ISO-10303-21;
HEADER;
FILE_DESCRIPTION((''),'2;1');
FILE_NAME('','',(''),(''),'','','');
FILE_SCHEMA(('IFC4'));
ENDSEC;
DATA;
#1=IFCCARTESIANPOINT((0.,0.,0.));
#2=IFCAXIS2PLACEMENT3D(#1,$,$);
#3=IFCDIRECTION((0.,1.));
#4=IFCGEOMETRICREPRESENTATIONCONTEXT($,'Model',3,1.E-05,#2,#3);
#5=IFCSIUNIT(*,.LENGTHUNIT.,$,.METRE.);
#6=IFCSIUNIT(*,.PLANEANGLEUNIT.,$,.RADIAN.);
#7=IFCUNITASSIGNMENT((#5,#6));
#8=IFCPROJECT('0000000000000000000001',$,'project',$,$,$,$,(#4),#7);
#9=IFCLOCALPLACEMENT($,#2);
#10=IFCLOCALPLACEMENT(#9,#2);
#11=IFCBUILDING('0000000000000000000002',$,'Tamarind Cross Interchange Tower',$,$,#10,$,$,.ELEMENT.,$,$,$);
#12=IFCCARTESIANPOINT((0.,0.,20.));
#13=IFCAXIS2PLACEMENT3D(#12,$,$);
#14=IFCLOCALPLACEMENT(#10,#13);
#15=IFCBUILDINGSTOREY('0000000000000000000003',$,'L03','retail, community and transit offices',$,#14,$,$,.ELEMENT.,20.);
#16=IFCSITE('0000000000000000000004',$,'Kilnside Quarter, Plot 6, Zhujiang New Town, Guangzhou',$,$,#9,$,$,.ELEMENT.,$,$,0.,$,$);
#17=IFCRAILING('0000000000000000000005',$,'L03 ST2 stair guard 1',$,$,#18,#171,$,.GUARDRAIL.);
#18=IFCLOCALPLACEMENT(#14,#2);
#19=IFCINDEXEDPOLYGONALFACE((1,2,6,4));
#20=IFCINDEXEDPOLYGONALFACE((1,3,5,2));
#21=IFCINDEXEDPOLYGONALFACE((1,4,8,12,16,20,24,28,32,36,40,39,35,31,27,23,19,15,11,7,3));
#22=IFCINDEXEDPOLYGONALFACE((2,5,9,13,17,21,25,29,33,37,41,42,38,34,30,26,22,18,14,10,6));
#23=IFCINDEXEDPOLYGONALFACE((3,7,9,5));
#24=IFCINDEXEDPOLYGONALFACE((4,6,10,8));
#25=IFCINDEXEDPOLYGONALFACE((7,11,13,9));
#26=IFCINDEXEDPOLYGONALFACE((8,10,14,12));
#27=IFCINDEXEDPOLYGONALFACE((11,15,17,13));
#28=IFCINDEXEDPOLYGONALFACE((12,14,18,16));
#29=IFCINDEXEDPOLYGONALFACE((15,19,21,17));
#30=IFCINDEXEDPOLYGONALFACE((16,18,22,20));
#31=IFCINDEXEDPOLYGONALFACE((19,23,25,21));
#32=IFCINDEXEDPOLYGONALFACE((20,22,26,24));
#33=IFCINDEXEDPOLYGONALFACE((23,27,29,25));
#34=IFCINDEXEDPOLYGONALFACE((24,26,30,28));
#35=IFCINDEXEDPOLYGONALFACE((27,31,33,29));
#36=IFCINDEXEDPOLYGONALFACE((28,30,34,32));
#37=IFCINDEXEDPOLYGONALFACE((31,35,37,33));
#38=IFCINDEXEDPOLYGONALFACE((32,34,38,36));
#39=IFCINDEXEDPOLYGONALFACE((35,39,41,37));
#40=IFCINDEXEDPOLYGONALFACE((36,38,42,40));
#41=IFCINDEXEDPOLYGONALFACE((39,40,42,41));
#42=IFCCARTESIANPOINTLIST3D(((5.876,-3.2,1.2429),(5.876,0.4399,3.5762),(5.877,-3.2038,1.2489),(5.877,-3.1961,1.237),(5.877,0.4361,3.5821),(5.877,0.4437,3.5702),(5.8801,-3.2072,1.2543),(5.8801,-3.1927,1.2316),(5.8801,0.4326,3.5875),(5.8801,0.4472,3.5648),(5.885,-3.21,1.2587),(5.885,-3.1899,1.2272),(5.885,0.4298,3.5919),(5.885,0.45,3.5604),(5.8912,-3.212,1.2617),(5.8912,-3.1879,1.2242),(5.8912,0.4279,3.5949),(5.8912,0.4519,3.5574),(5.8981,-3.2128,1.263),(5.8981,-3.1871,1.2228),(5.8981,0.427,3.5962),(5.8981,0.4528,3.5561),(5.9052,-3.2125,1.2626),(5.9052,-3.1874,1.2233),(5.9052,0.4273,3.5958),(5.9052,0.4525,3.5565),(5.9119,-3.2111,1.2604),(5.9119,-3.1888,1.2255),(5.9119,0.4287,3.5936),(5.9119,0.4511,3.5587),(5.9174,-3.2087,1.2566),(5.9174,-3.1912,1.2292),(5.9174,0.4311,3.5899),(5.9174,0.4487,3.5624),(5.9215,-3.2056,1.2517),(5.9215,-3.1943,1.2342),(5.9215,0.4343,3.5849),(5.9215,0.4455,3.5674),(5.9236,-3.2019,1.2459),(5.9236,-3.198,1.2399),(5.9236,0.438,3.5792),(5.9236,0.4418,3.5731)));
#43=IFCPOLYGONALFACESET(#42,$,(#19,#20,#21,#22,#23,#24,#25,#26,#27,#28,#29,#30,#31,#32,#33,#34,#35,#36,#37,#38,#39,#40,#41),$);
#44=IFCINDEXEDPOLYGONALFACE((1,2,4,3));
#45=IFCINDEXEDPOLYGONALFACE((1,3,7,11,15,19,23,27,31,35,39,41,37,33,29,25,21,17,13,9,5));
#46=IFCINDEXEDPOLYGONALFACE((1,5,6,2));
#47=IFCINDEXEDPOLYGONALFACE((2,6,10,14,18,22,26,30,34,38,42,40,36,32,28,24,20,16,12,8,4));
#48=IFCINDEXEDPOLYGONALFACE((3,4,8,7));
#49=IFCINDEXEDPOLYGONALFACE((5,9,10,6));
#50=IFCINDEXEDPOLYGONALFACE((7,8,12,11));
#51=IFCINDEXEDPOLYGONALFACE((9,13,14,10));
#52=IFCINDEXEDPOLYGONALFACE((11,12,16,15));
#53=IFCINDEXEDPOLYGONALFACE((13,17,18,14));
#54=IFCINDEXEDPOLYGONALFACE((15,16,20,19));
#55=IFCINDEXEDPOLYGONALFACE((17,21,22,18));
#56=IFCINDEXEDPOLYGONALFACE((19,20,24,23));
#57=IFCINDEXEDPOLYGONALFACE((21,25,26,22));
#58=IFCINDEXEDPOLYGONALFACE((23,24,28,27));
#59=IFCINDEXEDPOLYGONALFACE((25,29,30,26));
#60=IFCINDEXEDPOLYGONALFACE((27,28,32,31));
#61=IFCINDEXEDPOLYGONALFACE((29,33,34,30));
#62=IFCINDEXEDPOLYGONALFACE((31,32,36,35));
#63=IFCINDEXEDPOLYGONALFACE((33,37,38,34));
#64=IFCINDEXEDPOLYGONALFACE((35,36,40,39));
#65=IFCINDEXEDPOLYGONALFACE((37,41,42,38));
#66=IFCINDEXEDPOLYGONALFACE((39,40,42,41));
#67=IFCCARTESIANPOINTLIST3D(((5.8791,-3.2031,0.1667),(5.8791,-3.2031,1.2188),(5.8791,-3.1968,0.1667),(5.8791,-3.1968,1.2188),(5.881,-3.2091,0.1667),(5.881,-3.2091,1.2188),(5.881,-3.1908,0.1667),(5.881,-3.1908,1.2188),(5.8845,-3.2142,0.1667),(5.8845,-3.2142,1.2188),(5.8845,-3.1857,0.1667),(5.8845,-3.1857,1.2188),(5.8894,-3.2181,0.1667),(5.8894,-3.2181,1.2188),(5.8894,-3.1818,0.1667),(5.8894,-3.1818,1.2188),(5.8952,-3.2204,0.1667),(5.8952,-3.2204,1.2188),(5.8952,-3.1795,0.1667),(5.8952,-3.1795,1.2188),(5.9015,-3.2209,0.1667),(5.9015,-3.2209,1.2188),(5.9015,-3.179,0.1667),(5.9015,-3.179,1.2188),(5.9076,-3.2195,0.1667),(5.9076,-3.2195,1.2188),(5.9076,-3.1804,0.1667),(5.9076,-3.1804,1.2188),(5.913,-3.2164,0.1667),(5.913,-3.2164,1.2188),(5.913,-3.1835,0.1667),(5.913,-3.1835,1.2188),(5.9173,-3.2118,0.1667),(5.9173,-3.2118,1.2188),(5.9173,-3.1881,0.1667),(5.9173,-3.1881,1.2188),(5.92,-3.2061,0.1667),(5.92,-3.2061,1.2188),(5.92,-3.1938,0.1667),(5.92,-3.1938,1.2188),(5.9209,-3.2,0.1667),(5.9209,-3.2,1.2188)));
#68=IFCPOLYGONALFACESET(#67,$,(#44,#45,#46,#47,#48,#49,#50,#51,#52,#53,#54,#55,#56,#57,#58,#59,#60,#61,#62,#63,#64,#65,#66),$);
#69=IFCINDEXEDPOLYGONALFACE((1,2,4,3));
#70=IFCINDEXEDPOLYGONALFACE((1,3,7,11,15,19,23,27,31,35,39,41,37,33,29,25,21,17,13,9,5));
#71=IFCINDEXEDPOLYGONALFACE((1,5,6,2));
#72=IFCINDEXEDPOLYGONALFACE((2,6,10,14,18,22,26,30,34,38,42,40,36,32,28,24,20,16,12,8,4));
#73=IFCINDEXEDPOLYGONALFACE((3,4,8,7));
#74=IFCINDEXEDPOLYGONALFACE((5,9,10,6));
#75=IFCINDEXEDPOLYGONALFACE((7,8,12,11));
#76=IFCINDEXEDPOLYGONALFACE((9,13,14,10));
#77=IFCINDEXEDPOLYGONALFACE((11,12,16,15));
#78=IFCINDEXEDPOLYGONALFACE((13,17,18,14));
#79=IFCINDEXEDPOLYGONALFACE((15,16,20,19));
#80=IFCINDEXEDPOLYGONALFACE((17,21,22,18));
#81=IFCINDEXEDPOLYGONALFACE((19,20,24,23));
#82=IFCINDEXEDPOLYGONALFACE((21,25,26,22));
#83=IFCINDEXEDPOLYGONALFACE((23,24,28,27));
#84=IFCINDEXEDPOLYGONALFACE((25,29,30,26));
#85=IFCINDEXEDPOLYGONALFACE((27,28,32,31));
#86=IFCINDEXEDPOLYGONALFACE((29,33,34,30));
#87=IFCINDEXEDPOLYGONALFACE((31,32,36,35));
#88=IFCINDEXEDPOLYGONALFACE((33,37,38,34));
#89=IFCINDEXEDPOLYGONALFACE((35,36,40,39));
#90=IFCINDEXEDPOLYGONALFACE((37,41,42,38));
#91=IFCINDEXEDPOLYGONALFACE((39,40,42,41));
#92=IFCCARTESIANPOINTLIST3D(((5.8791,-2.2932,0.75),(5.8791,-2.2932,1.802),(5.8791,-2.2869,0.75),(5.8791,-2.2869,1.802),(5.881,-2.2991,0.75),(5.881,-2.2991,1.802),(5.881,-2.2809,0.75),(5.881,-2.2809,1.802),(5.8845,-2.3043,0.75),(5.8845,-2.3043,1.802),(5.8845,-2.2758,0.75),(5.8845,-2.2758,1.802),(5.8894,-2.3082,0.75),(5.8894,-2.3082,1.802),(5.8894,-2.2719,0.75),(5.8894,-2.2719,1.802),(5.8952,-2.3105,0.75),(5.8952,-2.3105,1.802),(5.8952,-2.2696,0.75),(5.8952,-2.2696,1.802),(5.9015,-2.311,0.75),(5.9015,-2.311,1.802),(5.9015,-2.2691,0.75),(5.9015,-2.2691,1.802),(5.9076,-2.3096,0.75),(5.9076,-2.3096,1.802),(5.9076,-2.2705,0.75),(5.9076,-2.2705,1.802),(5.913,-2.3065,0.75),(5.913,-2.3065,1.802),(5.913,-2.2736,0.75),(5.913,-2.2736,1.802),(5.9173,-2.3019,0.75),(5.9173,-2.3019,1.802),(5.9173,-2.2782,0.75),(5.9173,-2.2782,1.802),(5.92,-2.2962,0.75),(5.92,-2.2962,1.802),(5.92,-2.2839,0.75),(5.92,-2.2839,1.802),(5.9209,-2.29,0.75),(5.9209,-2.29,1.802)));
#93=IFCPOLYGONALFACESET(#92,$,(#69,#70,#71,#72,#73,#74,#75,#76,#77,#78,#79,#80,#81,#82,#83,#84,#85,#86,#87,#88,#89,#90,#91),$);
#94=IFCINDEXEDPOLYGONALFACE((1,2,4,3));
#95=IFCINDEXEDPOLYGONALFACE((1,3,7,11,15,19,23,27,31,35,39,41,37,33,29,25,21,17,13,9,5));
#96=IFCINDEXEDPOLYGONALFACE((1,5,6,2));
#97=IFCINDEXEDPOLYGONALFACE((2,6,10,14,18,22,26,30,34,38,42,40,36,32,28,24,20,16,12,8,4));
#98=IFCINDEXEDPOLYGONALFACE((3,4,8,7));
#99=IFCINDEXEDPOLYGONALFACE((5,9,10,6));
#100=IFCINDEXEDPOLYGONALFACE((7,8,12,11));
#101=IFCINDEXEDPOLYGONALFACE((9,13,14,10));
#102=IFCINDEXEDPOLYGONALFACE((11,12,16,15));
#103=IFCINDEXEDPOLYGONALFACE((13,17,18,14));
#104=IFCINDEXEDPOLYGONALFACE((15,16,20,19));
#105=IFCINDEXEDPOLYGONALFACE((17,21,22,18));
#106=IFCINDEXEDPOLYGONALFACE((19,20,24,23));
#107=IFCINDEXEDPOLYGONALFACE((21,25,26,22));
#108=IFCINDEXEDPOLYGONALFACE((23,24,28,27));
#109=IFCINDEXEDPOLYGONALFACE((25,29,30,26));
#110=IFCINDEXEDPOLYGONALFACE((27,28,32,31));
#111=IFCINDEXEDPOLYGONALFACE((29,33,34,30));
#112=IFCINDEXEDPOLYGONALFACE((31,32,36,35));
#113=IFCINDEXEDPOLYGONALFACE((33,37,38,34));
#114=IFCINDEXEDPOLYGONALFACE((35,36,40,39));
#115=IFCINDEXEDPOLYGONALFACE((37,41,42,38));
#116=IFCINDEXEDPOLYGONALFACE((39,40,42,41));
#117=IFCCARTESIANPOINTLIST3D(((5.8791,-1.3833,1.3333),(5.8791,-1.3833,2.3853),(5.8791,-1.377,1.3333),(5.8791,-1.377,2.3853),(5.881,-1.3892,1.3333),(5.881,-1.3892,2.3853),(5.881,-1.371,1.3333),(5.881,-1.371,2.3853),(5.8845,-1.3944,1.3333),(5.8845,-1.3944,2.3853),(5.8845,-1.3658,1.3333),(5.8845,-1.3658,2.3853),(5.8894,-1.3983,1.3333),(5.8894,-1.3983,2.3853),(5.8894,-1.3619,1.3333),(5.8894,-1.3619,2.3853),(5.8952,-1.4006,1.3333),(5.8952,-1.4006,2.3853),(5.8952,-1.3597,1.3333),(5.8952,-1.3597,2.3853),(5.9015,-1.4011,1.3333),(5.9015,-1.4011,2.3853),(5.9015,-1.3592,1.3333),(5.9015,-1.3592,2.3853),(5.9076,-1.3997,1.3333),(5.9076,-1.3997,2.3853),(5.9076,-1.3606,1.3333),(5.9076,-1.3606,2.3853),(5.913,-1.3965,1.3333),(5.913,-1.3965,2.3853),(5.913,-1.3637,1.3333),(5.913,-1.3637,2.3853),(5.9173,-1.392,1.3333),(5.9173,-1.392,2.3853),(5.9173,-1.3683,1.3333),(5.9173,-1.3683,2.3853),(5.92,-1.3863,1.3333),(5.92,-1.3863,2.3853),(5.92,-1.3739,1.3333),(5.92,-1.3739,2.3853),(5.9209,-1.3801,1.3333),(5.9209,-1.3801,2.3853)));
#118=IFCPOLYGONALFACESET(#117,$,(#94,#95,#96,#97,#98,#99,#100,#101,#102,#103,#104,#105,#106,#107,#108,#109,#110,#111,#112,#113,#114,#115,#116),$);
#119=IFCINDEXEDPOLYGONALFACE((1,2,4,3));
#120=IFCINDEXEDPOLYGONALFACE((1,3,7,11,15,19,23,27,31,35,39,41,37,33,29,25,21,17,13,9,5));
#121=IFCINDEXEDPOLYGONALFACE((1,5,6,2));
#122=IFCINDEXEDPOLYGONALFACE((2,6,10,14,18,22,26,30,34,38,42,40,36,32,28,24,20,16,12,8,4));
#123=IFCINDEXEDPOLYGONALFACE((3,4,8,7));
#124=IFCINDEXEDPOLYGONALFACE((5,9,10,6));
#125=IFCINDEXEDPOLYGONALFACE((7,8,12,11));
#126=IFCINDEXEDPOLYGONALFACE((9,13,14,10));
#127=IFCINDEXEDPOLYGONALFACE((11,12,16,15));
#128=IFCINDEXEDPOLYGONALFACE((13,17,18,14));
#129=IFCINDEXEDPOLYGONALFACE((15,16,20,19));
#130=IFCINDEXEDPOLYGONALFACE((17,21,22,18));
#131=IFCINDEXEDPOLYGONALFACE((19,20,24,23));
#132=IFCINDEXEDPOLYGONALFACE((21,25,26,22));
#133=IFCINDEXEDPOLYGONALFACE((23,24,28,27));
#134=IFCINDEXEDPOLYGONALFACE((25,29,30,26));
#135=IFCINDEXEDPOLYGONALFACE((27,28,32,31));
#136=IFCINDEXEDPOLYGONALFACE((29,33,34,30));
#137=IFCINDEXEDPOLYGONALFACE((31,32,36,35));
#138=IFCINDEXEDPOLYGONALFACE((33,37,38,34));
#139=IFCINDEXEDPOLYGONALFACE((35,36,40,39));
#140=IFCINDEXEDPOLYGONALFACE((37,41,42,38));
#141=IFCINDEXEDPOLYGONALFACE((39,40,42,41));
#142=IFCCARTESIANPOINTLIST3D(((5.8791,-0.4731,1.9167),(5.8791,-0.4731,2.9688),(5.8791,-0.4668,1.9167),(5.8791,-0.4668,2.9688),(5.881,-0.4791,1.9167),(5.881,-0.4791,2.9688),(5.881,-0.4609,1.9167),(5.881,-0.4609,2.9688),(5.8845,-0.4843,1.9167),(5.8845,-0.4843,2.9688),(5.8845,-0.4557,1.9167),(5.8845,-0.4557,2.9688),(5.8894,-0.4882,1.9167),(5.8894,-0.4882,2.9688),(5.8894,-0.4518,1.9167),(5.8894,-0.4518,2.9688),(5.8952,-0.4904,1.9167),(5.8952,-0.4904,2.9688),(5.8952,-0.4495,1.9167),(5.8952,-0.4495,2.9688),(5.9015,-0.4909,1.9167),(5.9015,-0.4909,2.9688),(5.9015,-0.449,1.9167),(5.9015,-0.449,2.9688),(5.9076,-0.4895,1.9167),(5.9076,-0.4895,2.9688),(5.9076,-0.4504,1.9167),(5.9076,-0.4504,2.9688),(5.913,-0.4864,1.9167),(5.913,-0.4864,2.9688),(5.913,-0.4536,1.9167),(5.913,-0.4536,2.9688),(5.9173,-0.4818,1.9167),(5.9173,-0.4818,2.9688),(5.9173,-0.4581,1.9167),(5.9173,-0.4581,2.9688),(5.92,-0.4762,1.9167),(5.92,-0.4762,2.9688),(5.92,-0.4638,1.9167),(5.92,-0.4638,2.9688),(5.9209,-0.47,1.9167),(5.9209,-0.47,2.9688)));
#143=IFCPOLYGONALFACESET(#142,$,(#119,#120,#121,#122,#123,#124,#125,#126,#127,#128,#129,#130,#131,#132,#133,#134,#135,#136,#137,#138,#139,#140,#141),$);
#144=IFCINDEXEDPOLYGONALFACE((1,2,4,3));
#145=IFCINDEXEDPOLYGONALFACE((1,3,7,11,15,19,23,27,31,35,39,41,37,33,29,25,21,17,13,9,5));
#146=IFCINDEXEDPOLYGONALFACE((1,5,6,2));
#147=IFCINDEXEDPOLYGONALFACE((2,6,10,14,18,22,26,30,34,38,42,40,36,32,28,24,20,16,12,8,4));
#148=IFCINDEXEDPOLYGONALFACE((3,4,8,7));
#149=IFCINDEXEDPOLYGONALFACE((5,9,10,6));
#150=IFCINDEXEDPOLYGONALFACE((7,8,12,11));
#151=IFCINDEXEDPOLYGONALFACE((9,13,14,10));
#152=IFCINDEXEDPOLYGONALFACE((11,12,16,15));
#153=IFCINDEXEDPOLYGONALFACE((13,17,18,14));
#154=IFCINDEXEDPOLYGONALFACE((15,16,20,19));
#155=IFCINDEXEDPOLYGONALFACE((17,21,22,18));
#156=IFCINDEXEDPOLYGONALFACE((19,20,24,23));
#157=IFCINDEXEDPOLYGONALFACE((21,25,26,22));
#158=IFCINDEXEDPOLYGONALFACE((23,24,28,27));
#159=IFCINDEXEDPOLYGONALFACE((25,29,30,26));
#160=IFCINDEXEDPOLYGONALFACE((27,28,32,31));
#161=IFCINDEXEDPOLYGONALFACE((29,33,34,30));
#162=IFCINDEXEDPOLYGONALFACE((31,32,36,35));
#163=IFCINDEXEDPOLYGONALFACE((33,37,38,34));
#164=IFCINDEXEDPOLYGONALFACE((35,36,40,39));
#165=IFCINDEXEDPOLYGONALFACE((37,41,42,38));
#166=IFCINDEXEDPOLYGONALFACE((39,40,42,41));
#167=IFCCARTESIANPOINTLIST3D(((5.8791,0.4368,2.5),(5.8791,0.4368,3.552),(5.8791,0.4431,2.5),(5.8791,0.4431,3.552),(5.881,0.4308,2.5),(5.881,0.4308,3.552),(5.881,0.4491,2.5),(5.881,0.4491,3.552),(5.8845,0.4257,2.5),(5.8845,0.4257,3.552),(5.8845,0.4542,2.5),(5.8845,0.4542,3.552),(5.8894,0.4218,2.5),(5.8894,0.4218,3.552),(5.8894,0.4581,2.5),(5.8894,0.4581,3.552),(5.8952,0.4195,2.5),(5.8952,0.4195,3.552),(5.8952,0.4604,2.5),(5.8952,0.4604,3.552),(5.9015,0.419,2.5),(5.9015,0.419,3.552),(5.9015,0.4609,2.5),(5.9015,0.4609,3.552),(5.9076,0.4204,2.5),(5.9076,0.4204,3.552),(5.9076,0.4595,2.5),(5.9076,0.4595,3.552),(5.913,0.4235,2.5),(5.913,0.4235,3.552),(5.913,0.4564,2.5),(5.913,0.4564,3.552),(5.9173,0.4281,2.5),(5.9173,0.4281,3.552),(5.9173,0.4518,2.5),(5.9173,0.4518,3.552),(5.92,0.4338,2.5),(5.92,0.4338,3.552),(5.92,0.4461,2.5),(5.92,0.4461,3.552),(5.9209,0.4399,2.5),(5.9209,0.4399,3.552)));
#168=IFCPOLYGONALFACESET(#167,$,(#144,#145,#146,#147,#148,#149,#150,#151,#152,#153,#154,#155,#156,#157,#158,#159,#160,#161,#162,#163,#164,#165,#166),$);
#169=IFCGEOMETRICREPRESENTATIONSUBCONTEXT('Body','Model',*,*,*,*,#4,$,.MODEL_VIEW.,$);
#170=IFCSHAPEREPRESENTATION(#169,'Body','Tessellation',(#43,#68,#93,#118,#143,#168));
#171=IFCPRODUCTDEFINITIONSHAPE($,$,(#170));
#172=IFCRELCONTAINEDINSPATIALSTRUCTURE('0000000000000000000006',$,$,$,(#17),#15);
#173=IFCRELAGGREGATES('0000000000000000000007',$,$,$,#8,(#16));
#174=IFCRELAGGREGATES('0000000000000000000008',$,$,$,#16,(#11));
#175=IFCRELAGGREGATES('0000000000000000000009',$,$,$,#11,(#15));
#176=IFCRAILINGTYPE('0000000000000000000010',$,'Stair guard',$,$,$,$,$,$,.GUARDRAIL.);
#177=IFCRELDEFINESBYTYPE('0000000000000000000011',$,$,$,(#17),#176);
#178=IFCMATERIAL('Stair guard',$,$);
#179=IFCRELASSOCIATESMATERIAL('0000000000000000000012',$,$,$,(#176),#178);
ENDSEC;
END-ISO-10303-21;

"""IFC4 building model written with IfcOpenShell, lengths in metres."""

from ifc_helpers import new_model, si_unit, direction, frame, origin, origin_2d, place, context, subcontext, project, spatial, circle, extrude, material, type_object, element, save


model = new_model("IFC4")

# Units and contexts
model_context = context("Model", 3, precision=1e-05, world=origin(), true_north=direction((0.0, 1.0)))
body_context = subcontext(model_context, "Body", "Model", "MODEL_VIEW")
ifc_project = project(units=[si_unit("LENGTHUNIT", "METRE"), si_unit("PLANEANGLEUNIT", "RADIAN")], contexts=[model_context])

# Site, building, storey
site_placement = place(None, origin())
site = spatial("IfcSite", under=ifc_project, at=site_placement, Name="Kilnside Quarter, Plot 6, Zhujiang New Town, Guangzhou", CompositionType="ELEMENT", RefElevation=0.0)
building_placement = place(site_placement, origin())
building = spatial("IfcBuilding", under=site, at=building_placement, Name="Tamarind Cross Interchange Tower", CompositionType="ELEMENT")
storey_placement = place(building_placement, frame((0.0, 0.0, 20.0)))
storey = spatial("IfcBuildingStorey", under=building, at=storey_placement, Name="L03", Description="retail, community and transit offices", CompositionType="ELEMENT", Elevation=20.0)

# Railing
ifc_material_1 = material(Name="Stair guard")
railing_type_1 = type_object("IfcRailingType", Name="Stair guard", PredefinedType="GUARDRAIL", material=ifc_material_1)
railing_1_placement = place(storey_placement, frame((5.8999, -3.2, 0.1667)))
element("IfcRailing", 1, at=railing_1_placement, inside=storey, type_object=railing_type_1, Name="L03 ST2 stair guard 1", PredefinedType="GUARDRAIL", context=body_context, shape_type="SweptSolid", body=[
    extrude(circle(Radius=0.0239, at=origin_2d()), frame((0.0, 0.0, 1.0762), z_axis=(0.0, 0.84188, 0.539664), x_axis=(-1.0, 0.0, 0.0)), (0.0, 0.0, 1.0), 4.3235),
    extrude(circle(Radius=0.021, at=origin_2d()), origin(), (0.0, 0.0, 1.0), 1.052),
    extrude(circle(Radius=0.021, at=origin_2d()), frame((0.0, 0.9099, 0.5833)), (0.0, 0.0, 1.0), 1.052),
    extrude(circle(Radius=0.021, at=origin_2d()), frame((0.0, 1.8198, 1.1665)), (0.0, 0.0, 1.0), 1.052),
    extrude(circle(Radius=0.021, at=origin_2d()), frame((0.0, 2.73, 1.75)), (0.0, 0.0, 1.0), 1.052),
    extrude(circle(Radius=0.021, at=origin_2d()), frame((0.0, 3.6399, 2.3333)), (0.0, 0.0, 1.0), 1.052),
])

save(model, "model.ifc")
